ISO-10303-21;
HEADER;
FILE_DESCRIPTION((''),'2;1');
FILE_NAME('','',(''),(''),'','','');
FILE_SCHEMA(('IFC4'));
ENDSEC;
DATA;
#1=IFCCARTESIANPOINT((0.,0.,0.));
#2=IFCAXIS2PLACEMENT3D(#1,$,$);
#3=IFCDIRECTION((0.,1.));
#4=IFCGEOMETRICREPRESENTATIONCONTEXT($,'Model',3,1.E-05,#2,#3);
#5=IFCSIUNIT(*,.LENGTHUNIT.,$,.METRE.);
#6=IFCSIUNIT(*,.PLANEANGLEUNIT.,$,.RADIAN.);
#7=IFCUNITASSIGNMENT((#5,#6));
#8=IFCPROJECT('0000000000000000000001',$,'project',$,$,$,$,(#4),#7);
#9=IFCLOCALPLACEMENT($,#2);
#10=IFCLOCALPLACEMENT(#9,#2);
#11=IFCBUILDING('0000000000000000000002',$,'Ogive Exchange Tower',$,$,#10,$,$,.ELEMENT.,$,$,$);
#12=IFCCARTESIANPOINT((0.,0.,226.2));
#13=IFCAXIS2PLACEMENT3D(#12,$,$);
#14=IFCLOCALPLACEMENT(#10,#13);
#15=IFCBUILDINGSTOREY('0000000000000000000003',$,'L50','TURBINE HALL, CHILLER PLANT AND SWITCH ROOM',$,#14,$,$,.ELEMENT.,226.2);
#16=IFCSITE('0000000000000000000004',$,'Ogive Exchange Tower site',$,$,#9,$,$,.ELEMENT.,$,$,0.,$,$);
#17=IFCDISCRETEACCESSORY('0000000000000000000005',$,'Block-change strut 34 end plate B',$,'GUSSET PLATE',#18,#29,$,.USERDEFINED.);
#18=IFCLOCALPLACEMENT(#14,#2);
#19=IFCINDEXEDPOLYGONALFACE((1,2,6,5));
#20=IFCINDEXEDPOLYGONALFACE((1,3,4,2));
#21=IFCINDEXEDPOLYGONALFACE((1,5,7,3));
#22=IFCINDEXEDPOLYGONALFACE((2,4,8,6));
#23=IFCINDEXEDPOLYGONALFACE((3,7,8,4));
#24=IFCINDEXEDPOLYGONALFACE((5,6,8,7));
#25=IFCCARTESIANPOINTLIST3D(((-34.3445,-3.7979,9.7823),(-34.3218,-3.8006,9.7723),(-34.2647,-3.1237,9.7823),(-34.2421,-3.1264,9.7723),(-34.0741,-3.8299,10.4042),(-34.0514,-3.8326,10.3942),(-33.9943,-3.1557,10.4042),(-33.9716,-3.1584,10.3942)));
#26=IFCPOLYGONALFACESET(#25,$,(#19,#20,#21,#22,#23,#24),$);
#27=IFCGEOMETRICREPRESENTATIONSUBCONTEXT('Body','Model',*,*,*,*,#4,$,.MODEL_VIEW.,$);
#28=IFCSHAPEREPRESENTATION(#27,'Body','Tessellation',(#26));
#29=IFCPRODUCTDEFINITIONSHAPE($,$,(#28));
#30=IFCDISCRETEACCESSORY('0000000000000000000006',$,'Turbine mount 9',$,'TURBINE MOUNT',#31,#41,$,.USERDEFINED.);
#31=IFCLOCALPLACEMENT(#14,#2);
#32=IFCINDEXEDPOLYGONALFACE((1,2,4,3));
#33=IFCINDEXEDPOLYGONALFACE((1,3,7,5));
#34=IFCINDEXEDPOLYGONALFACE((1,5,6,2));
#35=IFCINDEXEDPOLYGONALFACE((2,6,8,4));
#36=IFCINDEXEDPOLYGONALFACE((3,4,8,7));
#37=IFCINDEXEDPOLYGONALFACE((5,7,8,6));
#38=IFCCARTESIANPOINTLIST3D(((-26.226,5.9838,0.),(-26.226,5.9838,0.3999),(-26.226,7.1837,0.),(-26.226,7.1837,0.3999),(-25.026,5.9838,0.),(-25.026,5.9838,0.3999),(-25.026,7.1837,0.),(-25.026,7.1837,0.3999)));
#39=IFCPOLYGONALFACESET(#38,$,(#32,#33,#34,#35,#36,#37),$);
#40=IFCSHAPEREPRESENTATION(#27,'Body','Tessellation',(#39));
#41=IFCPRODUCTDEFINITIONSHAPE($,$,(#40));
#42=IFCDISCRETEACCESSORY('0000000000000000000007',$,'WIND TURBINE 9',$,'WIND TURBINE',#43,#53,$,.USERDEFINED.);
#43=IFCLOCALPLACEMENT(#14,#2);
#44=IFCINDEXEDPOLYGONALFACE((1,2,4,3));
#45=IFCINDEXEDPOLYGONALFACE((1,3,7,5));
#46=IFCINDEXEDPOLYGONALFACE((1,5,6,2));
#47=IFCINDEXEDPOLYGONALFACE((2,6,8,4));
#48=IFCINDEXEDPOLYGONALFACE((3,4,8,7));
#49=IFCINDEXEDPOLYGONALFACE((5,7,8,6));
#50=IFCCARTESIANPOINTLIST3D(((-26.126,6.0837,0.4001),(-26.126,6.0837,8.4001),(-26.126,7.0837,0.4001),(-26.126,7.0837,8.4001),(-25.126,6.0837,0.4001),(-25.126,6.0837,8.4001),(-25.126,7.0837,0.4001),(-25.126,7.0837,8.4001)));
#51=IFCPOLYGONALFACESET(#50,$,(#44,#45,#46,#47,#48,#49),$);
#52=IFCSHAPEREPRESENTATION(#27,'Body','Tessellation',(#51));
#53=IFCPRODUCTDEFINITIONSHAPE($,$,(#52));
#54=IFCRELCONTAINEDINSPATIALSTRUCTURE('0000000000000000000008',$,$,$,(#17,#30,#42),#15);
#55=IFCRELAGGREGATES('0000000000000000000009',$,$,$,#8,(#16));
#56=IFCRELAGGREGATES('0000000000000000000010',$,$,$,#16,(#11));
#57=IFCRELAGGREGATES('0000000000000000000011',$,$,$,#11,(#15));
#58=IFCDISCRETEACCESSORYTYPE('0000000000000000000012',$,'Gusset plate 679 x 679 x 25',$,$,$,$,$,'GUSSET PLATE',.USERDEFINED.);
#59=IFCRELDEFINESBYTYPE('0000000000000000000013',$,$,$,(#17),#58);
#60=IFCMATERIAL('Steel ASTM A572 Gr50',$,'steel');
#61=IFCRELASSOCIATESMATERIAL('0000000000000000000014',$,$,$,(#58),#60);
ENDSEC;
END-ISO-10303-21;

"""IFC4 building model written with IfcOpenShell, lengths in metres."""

from ifc_helpers import new_model, si_unit, direction, frame, origin, origin_2d, place, context, subcontext, project, spatial, rectangle, extrude, material, material_profile, profile_set, type_object, element, save


model = new_model("IFC4")

# Units and contexts
model_context = context("Model", 3, precision=1e-05, world=origin(), true_north=direction((0.0, 1.0)))
body_context = subcontext(model_context, "Body", "Model", "MODEL_VIEW")
ifc_project = project(units=[si_unit("LENGTHUNIT", "METRE"), si_unit("PLANEANGLEUNIT", "RADIAN")], contexts=[model_context])

# Site, building, storey
site_placement = place(None, origin())
site = spatial("IfcSite", under=ifc_project, at=site_placement, Name="Ogive Exchange Tower site", CompositionType="ELEMENT", RefElevation=0.0)
building_placement = place(site_placement, origin())
building = spatial("IfcBuilding", under=site, at=building_placement, Name="Ogive Exchange Tower", CompositionType="ELEMENT")
storey_placement = place(building_placement, frame((0.0, 0.0, 226.2)))
storey = spatial("IfcBuildingStorey", under=building, at=storey_placement, Name="L50", Description="TURBINE HALL, CHILLER PLANT AND SWITCH ROOM", CompositionType="ELEMENT", Elevation=226.2)

# Discrete accessories
ifc_material_1 = material(Name="Steel ASTM A572 Gr50", Category="steel")
ifc_material_profile_1 = material_profile(ifc_material_1, rectangle(XDim=0.679, YDim=0.679, at=origin_2d()), Name="PL 679 x 679 x 25")
ifc_profile_set_1 = profile_set([ifc_material_profile_1], Name="Steel ASTM A572 Gr50")
discrete_accessory_type_1 = type_object("IfcDiscreteAccessoryType", Name="Gusset plate 679 x 679 x 25", ElementType="GUSSET PLATE", PredefinedType="USERDEFINED", material=ifc_profile_set_1)
for number, where, z_axis, x_axis, name in (
    (1, (-34.1467, -3.4795, 10.0833), (-0.909712, 0.1076, 0.401056), (-0.117461, -0.993078, 0.0), "Block-change strut 34 end plate B"),
):
    element("IfcDiscreteAccessory", number, at=place(storey_placement, frame(where, z_axis=z_axis, x_axis=x_axis)), inside=storey, type_object=discrete_accessory_type_1, Name=name, ObjectType="GUSSET PLATE", PredefinedType="USERDEFINED", context=body_context, shape_type="SweptSolid", body=[
        extrude(rectangle(XDim=0.679, YDim=0.679, at=origin_2d()), origin(), (0.0, 0.0, 1.0), 0.0249),
    ])
discrete_accessory_1_placement = place(storey_placement, frame((-25.626, 6.5837, 0.0), z_axis=(0.0, 0.0, 1.0), x_axis=(1.0, 0.0, 0.0)))
element("IfcDiscreteAccessory", 2, at=discrete_accessory_1_placement, inside=storey, Name="Turbine mount 9", ObjectType="TURBINE MOUNT", PredefinedType="USERDEFINED", context=body_context, shape_type="SweptSolid", body=[
    extrude(rectangle(XDim=1.2, YDim=1.2, at=origin_2d()), origin(), (0.0, 0.0, 1.0), 0.3999),
])
discrete_accessory_2_placement = place(storey_placement, frame((-25.626, 6.5837, 0.4001), z_axis=(0.0, 0.0, 1.0), x_axis=(1.0, 0.0, 0.0)))
element("IfcDiscreteAccessory", 3, at=discrete_accessory_2_placement, inside=storey, Name="WIND TURBINE 9", ObjectType="WIND TURBINE", PredefinedType="USERDEFINED", context=body_context, shape_type="SweptSolid", body=[
    extrude(rectangle(XDim=1.0, YDim=1.0, at=origin_2d()), origin(), (0.0, 0.0, 1.0), 8.0),
])

save(model, "model.ifc")
